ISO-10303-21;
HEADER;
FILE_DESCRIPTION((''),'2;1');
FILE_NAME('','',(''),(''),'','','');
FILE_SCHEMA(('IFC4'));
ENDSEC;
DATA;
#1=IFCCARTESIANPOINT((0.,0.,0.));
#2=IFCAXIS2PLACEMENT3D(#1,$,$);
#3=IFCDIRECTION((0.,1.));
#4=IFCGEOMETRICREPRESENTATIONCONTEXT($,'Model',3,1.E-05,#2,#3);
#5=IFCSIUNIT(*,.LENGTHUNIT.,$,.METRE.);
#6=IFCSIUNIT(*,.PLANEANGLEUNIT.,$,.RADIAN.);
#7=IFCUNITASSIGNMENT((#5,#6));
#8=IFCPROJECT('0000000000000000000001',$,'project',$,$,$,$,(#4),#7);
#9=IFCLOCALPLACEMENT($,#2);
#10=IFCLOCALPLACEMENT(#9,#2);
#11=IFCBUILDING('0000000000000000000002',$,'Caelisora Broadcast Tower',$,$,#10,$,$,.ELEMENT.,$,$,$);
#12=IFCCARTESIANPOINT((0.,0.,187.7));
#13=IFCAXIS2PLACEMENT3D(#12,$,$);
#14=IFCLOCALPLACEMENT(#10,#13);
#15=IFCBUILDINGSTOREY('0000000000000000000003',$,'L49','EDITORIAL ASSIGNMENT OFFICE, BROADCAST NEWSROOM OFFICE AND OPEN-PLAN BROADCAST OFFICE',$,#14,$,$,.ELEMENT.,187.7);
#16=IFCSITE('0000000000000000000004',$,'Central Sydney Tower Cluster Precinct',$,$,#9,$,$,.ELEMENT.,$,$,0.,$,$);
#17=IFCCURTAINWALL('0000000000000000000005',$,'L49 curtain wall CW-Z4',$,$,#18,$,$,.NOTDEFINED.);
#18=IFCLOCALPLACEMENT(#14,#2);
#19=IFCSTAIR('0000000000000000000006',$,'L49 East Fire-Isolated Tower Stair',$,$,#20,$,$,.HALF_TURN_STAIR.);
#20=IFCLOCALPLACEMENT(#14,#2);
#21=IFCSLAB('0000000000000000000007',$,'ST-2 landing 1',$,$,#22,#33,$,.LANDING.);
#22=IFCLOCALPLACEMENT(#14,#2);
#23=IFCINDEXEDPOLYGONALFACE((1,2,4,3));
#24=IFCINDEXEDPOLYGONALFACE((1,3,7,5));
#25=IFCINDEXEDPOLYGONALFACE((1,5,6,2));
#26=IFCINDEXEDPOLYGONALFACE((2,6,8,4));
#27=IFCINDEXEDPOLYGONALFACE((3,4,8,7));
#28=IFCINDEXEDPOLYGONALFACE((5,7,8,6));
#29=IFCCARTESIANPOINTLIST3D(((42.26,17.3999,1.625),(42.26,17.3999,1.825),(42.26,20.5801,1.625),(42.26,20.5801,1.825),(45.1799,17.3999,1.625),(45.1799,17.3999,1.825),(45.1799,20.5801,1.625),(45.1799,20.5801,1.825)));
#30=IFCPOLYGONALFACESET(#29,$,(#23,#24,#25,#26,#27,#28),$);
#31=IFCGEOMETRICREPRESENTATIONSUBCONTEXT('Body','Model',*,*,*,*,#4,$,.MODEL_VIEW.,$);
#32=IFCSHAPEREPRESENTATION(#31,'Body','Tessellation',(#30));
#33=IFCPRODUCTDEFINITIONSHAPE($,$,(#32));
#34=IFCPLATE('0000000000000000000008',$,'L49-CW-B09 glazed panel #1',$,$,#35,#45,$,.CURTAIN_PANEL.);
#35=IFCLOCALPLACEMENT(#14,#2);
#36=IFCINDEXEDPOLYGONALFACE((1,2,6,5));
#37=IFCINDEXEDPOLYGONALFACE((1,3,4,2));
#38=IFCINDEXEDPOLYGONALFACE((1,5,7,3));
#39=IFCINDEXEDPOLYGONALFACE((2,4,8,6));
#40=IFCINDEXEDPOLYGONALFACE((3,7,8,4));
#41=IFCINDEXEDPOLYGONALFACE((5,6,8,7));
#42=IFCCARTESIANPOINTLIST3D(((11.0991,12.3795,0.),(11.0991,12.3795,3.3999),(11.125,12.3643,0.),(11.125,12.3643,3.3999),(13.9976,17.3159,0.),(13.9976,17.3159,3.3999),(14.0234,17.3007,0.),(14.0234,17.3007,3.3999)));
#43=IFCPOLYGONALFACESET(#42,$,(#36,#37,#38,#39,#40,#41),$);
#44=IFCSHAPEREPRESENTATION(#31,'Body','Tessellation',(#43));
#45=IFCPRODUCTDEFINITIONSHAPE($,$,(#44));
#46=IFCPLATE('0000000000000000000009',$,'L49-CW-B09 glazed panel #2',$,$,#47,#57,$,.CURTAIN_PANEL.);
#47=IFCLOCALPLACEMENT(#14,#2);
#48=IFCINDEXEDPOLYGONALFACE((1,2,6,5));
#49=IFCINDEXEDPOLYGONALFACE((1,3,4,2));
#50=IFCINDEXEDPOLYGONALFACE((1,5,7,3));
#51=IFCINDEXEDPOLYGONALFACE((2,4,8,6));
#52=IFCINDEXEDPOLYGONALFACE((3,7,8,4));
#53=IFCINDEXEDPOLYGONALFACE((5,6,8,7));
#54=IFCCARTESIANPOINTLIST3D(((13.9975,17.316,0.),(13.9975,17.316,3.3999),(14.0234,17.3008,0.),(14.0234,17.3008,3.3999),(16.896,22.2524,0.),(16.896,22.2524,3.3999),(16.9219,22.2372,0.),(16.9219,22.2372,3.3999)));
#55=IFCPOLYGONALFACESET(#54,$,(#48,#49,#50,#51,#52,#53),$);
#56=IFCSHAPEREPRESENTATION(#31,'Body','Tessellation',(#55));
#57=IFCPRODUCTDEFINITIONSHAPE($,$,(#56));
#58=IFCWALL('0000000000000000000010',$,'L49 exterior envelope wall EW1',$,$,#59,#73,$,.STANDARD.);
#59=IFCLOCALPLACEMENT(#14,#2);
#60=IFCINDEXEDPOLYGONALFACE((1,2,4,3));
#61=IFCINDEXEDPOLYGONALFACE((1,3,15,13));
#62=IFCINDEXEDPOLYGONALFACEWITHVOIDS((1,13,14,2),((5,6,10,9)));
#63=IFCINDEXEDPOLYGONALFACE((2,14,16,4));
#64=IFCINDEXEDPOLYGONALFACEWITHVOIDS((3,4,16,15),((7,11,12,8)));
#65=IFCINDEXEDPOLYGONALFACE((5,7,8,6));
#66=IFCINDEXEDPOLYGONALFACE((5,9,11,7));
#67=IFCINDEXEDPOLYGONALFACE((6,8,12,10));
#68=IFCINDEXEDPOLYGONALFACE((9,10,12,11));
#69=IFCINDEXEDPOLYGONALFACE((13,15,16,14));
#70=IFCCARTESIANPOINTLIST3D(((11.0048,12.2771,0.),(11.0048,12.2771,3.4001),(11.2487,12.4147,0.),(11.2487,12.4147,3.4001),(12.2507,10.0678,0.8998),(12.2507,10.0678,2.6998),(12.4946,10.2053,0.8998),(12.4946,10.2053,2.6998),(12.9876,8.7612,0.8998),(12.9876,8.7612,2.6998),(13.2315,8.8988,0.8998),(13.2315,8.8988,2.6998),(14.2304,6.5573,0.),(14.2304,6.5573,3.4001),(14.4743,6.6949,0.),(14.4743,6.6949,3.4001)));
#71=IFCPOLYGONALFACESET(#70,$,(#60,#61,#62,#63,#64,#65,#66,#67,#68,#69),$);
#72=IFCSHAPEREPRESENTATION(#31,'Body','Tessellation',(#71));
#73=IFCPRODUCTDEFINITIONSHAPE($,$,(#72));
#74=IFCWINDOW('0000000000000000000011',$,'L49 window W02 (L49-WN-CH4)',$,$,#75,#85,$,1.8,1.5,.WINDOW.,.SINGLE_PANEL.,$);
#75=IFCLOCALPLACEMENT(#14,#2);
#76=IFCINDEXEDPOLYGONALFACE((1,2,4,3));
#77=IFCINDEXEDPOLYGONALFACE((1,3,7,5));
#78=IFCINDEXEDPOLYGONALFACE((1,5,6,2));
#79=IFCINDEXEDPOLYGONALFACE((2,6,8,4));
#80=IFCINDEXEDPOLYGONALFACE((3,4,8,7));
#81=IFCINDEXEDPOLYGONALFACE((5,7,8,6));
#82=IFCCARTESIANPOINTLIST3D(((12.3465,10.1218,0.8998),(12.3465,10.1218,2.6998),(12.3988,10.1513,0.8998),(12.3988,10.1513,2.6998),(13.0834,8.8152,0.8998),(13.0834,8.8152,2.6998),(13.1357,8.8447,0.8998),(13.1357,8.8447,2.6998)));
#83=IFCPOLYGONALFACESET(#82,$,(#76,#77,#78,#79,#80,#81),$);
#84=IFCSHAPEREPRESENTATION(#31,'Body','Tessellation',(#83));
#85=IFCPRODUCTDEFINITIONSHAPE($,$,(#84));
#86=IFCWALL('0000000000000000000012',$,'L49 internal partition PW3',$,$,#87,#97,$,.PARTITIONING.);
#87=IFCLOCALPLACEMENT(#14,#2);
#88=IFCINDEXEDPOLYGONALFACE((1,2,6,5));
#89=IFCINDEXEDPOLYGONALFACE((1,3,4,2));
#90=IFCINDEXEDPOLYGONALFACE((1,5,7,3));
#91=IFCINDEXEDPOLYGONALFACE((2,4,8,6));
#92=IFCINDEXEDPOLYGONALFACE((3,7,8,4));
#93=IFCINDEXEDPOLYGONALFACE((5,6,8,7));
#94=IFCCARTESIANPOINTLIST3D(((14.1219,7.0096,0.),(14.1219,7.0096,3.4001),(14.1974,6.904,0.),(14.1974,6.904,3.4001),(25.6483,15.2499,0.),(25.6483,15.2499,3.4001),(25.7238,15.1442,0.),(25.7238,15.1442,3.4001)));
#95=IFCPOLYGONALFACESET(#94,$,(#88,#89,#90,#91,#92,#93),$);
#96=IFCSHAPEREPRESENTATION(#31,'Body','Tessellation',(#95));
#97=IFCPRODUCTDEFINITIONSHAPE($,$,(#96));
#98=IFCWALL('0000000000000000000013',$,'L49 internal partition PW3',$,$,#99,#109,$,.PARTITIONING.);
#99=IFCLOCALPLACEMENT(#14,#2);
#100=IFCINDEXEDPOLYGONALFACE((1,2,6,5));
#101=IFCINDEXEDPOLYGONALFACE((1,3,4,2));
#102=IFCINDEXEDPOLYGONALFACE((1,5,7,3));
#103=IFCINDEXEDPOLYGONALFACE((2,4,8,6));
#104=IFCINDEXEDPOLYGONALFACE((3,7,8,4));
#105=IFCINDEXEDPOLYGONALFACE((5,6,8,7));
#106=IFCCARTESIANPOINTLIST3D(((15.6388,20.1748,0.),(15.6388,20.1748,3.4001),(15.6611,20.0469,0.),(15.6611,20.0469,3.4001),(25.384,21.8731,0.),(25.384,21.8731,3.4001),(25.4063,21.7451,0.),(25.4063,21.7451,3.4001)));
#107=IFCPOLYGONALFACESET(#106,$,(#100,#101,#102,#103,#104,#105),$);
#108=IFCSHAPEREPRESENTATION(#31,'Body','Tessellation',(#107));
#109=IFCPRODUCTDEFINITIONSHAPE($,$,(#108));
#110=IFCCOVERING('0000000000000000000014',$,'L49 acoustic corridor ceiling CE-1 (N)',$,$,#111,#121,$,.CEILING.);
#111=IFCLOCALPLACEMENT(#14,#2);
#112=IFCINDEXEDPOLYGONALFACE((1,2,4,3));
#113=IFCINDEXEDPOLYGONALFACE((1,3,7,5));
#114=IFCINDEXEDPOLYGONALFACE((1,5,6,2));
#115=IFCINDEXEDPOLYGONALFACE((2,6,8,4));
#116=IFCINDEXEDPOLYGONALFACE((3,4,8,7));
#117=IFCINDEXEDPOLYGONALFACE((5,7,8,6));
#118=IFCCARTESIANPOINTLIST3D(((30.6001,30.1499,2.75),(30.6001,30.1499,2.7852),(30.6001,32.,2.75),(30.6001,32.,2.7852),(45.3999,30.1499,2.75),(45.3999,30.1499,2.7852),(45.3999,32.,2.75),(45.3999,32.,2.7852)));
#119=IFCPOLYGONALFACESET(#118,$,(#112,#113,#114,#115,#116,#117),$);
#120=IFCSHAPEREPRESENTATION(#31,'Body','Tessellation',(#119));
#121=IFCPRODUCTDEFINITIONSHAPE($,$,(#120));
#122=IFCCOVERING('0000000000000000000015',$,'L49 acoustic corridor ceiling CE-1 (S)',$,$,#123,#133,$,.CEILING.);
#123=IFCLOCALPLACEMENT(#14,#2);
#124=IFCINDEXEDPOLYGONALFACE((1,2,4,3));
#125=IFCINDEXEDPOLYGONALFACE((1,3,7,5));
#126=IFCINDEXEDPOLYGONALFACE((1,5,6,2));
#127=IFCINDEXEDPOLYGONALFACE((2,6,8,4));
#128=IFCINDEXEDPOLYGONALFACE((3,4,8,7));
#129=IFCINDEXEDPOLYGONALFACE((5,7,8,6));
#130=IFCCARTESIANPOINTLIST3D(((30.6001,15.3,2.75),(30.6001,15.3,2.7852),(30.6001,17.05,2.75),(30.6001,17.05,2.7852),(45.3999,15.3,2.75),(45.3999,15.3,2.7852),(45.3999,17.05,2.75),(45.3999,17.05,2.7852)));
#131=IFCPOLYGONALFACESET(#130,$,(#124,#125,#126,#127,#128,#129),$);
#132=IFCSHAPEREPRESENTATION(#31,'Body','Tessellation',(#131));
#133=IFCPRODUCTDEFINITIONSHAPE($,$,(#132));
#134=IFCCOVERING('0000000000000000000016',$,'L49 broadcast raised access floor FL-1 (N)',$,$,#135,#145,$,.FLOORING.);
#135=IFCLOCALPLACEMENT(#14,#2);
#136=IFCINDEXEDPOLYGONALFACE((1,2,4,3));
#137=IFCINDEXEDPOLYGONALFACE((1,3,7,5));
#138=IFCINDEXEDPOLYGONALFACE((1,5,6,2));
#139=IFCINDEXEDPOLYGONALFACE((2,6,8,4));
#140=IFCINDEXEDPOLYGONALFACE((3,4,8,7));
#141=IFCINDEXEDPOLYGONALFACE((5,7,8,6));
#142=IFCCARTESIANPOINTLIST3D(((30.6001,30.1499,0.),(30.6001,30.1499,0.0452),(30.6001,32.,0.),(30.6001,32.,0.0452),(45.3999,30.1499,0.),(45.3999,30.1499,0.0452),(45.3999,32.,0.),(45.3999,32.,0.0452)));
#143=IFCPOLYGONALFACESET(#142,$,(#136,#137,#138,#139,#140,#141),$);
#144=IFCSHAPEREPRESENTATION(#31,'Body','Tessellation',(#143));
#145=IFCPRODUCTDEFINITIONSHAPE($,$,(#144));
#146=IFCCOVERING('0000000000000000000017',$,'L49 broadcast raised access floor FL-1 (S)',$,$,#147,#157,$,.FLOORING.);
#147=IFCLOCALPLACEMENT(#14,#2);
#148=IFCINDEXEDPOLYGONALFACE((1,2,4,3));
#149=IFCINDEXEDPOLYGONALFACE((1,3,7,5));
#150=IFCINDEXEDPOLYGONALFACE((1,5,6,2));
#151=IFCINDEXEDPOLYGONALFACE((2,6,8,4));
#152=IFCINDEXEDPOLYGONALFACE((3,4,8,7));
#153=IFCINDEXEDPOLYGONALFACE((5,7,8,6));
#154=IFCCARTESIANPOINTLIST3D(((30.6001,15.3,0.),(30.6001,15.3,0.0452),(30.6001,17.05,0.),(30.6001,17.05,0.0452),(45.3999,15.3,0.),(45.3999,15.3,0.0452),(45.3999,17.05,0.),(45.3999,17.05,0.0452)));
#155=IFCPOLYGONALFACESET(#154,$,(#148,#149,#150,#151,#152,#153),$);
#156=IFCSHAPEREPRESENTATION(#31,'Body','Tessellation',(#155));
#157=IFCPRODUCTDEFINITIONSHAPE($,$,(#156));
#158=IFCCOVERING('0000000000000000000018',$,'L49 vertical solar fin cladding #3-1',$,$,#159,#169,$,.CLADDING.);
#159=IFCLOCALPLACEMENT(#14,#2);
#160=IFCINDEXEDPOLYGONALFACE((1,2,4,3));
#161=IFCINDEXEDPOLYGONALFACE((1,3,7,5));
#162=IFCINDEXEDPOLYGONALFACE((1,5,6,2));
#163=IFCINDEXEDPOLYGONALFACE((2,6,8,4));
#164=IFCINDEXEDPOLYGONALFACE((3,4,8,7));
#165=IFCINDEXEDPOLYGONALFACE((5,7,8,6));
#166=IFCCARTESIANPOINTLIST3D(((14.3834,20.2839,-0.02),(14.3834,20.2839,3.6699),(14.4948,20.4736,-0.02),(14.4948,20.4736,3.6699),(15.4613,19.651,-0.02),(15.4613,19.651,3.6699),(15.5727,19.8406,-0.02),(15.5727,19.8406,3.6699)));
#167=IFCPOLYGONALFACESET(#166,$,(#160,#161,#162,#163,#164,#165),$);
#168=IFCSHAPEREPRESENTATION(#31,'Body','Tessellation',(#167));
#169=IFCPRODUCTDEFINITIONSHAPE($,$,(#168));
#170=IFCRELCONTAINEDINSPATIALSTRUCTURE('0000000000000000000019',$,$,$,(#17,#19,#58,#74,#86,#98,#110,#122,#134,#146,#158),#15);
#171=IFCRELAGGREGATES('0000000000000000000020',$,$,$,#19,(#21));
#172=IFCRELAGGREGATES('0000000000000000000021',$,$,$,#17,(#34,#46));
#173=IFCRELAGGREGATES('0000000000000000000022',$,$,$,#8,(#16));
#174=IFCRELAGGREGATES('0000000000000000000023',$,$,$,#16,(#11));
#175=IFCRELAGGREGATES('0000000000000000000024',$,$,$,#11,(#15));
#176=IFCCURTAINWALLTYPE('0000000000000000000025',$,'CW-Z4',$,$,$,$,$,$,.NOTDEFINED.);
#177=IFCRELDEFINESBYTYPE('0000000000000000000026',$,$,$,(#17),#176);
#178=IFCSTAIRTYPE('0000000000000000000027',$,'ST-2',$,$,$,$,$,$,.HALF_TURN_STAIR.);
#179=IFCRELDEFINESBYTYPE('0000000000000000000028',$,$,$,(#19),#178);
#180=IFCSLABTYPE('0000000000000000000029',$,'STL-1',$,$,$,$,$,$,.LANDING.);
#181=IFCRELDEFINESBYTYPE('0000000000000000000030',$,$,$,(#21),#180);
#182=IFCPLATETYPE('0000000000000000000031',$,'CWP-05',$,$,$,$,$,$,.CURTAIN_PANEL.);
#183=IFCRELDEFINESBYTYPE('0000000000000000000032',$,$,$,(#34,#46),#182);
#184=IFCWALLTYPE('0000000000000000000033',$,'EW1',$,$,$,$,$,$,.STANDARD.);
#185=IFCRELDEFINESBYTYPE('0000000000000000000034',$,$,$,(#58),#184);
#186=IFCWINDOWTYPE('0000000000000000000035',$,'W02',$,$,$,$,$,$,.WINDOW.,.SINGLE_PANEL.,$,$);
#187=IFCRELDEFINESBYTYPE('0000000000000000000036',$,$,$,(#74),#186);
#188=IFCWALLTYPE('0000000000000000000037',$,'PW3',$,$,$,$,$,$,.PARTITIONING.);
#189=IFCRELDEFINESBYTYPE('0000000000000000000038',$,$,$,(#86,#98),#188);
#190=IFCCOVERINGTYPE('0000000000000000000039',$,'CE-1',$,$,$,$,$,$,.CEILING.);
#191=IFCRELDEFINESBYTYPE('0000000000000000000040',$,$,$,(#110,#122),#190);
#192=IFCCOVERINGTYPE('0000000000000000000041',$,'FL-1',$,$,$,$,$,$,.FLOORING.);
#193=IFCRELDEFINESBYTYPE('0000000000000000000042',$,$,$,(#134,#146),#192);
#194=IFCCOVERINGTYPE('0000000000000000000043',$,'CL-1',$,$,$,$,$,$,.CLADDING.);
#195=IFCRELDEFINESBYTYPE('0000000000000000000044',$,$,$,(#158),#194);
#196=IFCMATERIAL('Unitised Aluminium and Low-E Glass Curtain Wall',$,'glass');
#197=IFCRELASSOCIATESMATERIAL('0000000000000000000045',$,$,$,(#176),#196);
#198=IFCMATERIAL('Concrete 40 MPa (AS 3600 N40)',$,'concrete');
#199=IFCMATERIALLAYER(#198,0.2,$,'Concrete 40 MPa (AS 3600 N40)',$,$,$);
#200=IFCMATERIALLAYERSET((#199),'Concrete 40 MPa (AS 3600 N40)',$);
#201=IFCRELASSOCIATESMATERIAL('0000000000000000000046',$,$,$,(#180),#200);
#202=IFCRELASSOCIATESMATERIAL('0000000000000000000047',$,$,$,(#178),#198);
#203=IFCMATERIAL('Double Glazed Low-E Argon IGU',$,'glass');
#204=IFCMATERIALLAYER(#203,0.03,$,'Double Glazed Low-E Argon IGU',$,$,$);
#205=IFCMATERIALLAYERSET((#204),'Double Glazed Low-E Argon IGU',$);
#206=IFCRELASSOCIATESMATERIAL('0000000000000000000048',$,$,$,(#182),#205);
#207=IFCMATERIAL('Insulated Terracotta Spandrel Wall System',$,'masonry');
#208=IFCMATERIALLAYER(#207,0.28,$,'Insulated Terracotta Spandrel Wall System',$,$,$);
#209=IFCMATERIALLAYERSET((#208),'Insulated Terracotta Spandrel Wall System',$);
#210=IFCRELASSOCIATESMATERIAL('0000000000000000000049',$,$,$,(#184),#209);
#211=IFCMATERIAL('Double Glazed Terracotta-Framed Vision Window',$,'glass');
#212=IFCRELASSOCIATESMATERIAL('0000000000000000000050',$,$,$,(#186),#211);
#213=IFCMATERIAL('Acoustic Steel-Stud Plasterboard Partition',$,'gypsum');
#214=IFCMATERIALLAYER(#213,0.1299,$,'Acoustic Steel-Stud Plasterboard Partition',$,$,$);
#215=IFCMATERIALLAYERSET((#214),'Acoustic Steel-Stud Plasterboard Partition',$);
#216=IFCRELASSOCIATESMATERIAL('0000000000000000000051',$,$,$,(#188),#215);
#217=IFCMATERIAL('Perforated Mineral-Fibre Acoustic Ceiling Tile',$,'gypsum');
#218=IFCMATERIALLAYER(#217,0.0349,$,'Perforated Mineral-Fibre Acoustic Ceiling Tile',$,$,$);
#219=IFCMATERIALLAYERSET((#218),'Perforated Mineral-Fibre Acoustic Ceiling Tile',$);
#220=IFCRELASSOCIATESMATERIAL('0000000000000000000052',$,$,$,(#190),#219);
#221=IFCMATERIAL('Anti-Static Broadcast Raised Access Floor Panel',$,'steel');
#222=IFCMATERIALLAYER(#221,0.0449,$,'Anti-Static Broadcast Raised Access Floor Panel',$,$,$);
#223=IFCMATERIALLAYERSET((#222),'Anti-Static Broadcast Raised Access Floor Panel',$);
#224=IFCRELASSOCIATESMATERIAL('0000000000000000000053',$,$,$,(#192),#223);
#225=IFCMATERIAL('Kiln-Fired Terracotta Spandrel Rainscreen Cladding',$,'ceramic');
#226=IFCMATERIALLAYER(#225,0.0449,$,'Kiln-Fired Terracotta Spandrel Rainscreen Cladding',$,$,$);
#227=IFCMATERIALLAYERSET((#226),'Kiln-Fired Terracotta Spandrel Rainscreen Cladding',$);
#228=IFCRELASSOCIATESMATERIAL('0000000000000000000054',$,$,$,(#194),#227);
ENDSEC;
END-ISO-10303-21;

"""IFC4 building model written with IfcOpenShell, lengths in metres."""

from ifc_helpers import new_model, si_unit, direction, frame, frame_2d, origin, origin_2d, place, context, subcontext, project, spatial, polyline, rectangle, outline, extrude, source, transform, mapped, material, layer, layer_set, type_object, type_shapes, element, fill, aggregate, save


model = new_model("IFC4")

# Units and contexts
model_context = context("Model", 3, precision=1e-05, world=origin(), true_north=direction((0.0, 1.0)))
body_context = subcontext(model_context, "Body", "Model", "MODEL_VIEW")
ifc_project = project(units=[si_unit("LENGTHUNIT", "METRE"), si_unit("PLANEANGLEUNIT", "RADIAN")], contexts=[model_context])

# Site, building, storey
site_placement = place(None, origin())
site = spatial("IfcSite", under=ifc_project, at=site_placement, Name="Central Sydney Tower Cluster Precinct", CompositionType="ELEMENT", RefElevation=0.0)
building_placement = place(site_placement, origin())
building = spatial("IfcBuilding", under=site, at=building_placement, Name="Caelisora Broadcast Tower", CompositionType="ELEMENT")
storey_placement = place(building_placement, frame((0.0, 0.0, 187.7)))
storey = spatial("IfcBuildingStorey", under=building, at=storey_placement, Name="L49", Description="EDITORIAL ASSIGNMENT OFFICE, BROADCAST NEWSROOM OFFICE AND OPEN-PLAN BROADCAST OFFICE", CompositionType="ELEMENT", Elevation=187.7)

# Shared definitions
ifc_material_1 = material(Name="Unitised Aluminium and Low-E Glass Curtain Wall", Category="glass")
curtain_wall_type = type_object("IfcCurtainWallType", Name="CW-Z4", PredefinedType="NOTDEFINED", material=ifc_material_1)

# Curtain wall
curtain_wall_1_placement = place(storey_placement, origin())
curtain_wall_1 = element("IfcCurtainWall", 1, at=curtain_wall_1_placement, inside=storey, type_object=curtain_wall_type, Name="L49 curtain wall CW-Z4", PredefinedType="NOTDEFINED")

# Shared definitions
ifc_material_2 = material(Name="Concrete 40 MPa (AS 3600 N40)", Category="concrete")

# Stair, slab
ifc_layer_1 = layer(ifc_material_2, 0.2, Name="Concrete 40 MPa (AS 3600 N40)")
ifc_layer_set_1 = layer_set([ifc_layer_1], Name="Concrete 40 MPa (AS 3600 N40)")
slab_type_1 = type_object("IfcSlabType", Name="STL-1", PredefinedType="LANDING", material=ifc_layer_set_1)
stair_type_1 = type_object("IfcStairType", Name="ST-2", PredefinedType="HALF_TURN_STAIR", material=ifc_material_2)
stair_1_placement = place(storey_placement, origin())
stair_1 = element("IfcStair", 2, at=stair_1_placement, inside=storey, type_object=stair_type_1, Name="L49 East Fire-Isolated Tower Stair", PredefinedType="HALF_TURN_STAIR")
slab_1_placement = place(storey_placement, frame((0.0, 0.0, 1.625)))
slab_1 = element("IfcSlab", 3, at=slab_1_placement, type_object=slab_type_1, Name="ST-2 landing 1", PredefinedType="LANDING", context=body_context, shape_type="SweptSolid", body=[
    extrude(outline(polyline([(42.26, 20.5801), (42.26, 17.3999), (45.1799, 17.3999), (45.1799, 20.5801), (42.26, 20.5801)])), origin(), (0.0, 0.0, 1.0), 0.2),
])
aggregate(stair_1, [slab_1])

# Plates
ifc_material_3 = material(Name="Double Glazed Low-E Argon IGU", Category="glass")
ifc_layer_2 = layer(ifc_material_3, 0.03, Name="Double Glazed Low-E Argon IGU")
ifc_layer_set_2 = layer_set([ifc_layer_2], Name="Double Glazed Low-E Argon IGU")
plate_type = type_object("IfcPlateType", Name="CWP-05", PredefinedType="CURTAIN_PANEL", material=ifc_layer_set_2)
shared_shape_1 = source(origin(), body_context, "Body", "SweptSolid", [
    extrude(rectangle(XDim=5.7244, YDim=0.03, at=origin_2d()), origin(), (0.0, 0.0, 1.0), 3.3999),
])
type_shapes(plate_type, [shared_shape_1])
plate_1_placement = place(storey_placement, frame((12.5613, 14.8401, 0.0), z_axis=(0.0, 0.0, 1.0), x_axis=(0.506335, 0.862337, 0.0)))
plate_1 = element("IfcPlate", 4, at=plate_1_placement, type_object=plate_type, Name="L49-CW-B09 glazed panel #1", PredefinedType="CURTAIN_PANEL", context=body_context, shape_type="MappedRepresentation", body=[
    mapped(shared_shape_1, transform((0.0, 0.0, 0.0), scale=1.0)),
])
plate_2_placement = place(storey_placement, frame((15.4597, 19.7766, 0.0), z_axis=(0.0, 0.0, 1.0), x_axis=(0.506335, 0.862337, 0.0)))
plate_2 = element("IfcPlate", 5, at=plate_2_placement, type_object=plate_type, Name="L49-CW-B09 glazed panel #2", PredefinedType="CURTAIN_PANEL", context=body_context, shape_type="MappedRepresentation", body=[
    mapped(shared_shape_1, transform((0.0, 0.0, 0.0), scale=1.0)),
])
aggregate(curtain_wall_1, [plate_1, plate_2])

# Wall, opening, window
ifc_material_4 = material(Name="Insulated Terracotta Spandrel Wall System", Category="masonry")
ifc_layer_3 = layer(ifc_material_4, 0.28, Name="Insulated Terracotta Spandrel Wall System")
ifc_layer_set_3 = layer_set([ifc_layer_3], Name="Insulated Terracotta Spandrel Wall System")
wall_type_1 = type_object("IfcWallType", Name="EW1", PredefinedType="STANDARD", material=ifc_layer_set_3)
wall_1_placement = place(storey_placement, frame((14.3523, 6.6262, 0.0), z_axis=(0.0, 0.0, 1.0), x_axis=(-0.491214, 0.871039, 0.0)))
wall_1 = element("IfcWall", 6, at=wall_1_placement, inside=storey, type_object=wall_type_1, Name="L49 exterior envelope wall EW1", PredefinedType="STANDARD", context=body_context, shape_type="SweptSolid", body=[
    extrude(rectangle(XDim=6.5667, YDim=0.28, at=frame_2d((3.2832, 0.0))), origin(), (0.0, 0.0, 1.0), 3.4001),
])
opening_placement = place(wall_1_placement, frame((2.53, 0.0, 0.8999)))
opening = element("IfcOpeningElement", 7, at=opening_placement, cuts=wall_1, PredefinedType="OPENING", context=body_context, shape_type="SweptSolid", body=[
    extrude(rectangle(XDim=1.5, YDim=1.8, at=frame_2d((0.75, 0.8999))), frame((0.0, 0.1521, 0.0), z_axis=(0.0, -1.0, 0.0), x_axis=(1.0, 0.0, 0.0)), (0.0, 0.0, 1.0), 0.304),
])
ifc_material_5 = material(Name="Double Glazed Terracotta-Framed Vision Window", Category="glass")
window_type = type_object("IfcWindowType", Name="W02", PartitioningType="SINGLE_PANEL", PredefinedType="WINDOW", material=ifc_material_5)
window_placement = place(opening_placement, origin())
window = element("IfcWindow", 8, at=window_placement, inside=storey, type_object=window_type, Name="L49 window W02 (L49-WN-CH4)", OverallHeight=1.8, OverallWidth=1.5, PartitioningType="SINGLE_PANEL", PredefinedType="WINDOW", context=body_context, shape_type="SweptSolid", body=[
    extrude(rectangle(XDim=1.5, YDim=1.8, at=frame_2d((0.75, 0.8999))), frame((0.0, 0.03, 0.0), z_axis=(0.0, -1.0, 0.0), x_axis=(1.0, 0.0, 0.0)), (0.0, 0.0, 1.0), 0.0601),
])
fill(opening, window)

# Walls
ifc_material_6 = material(Name="Acoustic Steel-Stud Plasterboard Partition", Category="gypsum")
ifc_layer_4 = layer(ifc_material_6, 0.1299, Name="Acoustic Steel-Stud Plasterboard Partition")
ifc_layer_set_4 = layer_set([ifc_layer_4], Name="Acoustic Steel-Stud Plasterboard Partition")
wall_type_2 = type_object("IfcWallType", Name="PW3", PredefinedType="PARTITIONING", material=ifc_layer_set_4)
wall_2_placement = place(storey_placement, frame((14.1597, 6.9568, 0.0), z_axis=(0.0, 0.0, 1.0), x_axis=(0.813496, 0.581571, 0.0)))
element("IfcWall", 9, at=wall_2_placement, inside=storey, type_object=wall_type_2, Name="L49 internal partition PW3", PredefinedType="PARTITIONING", context=body_context, shape_type="SweptSolid", body=[
    extrude(rectangle(XDim=14.1689, YDim=0.1299, at=frame_2d((7.0845, 0.0))), origin(), (0.0, 0.0, 1.0), 3.4001),
])
wall_3_placement = place(storey_placement, frame((15.6499, 20.1108, 0.0), z_axis=(0.0, 0.0, 1.0), x_axis=(0.985153, 0.171679, 0.0)))
element("IfcWall", 10, at=wall_3_placement, inside=storey, type_object=wall_type_2, Name="L49 internal partition PW3", PredefinedType="PARTITIONING", context=body_context, shape_type="SweptSolid", body=[
    extrude(rectangle(XDim=9.8921, YDim=0.1299, at=frame_2d((4.946, 0.0))), origin(), (0.0, 0.0, 1.0), 3.4001),
])

# Coverings
ifc_material_7 = material(Name="Perforated Mineral-Fibre Acoustic Ceiling Tile", Category="gypsum")
ifc_layer_5 = layer(ifc_material_7, 0.0349, Name="Perforated Mineral-Fibre Acoustic Ceiling Tile")
ifc_layer_set_5 = layer_set([ifc_layer_5], Name="Perforated Mineral-Fibre Acoustic Ceiling Tile")
covering_type_1 = type_object("IfcCoveringType", Name="CE-1", PredefinedType="CEILING", material=ifc_layer_set_5)
covering_1_placement = place(storey_placement, frame((0.0, 0.0, 2.75)))
element("IfcCovering", 11, at=covering_1_placement, inside=storey, type_object=covering_type_1, Name="L49 acoustic corridor ceiling CE-1 (N)", PredefinedType="CEILING", context=body_context, shape_type="SweptSolid", body=[
    extrude(outline(polyline([(30.6001, 30.1499), (45.3999, 30.1499), (45.3999, 32.0), (30.6001, 32.0), (30.6001, 30.1499)])), origin(), (0.0, 0.0, 1.0), 0.0352),
])
covering_2_placement = place(storey_placement, frame((0.0, 0.0, 2.75)))
element("IfcCovering", 12, at=covering_2_placement, inside=storey, type_object=covering_type_1, Name="L49 acoustic corridor ceiling CE-1 (S)", PredefinedType="CEILING", context=body_context, shape_type="SweptSolid", body=[
    extrude(outline(polyline([(30.6001, 15.3), (45.3999, 15.3), (45.3999, 17.05), (30.6001, 17.05), (30.6001, 15.3)])), origin(), (0.0, 0.0, 1.0), 0.0352),
])
ifc_material_8 = material(Name="Anti-Static Broadcast Raised Access Floor Panel", Category="steel")
ifc_layer_6 = layer(ifc_material_8, 0.0449, Name="Anti-Static Broadcast Raised Access Floor Panel")
ifc_layer_set_6 = layer_set([ifc_layer_6], Name="Anti-Static Broadcast Raised Access Floor Panel")
covering_type_2 = type_object("IfcCoveringType", Name="FL-1", PredefinedType="FLOORING", material=ifc_layer_set_6)
covering_3_placement = place(storey_placement, origin())
element("IfcCovering", 13, at=covering_3_placement, inside=storey, type_object=covering_type_2, Name="L49 broadcast raised access floor FL-1 (N)", PredefinedType="FLOORING", context=body_context, shape_type="SweptSolid", body=[
    extrude(outline(polyline([(30.6001, 30.1499), (45.3999, 30.1499), (45.3999, 32.0), (30.6001, 32.0), (30.6001, 30.1499)])), origin(), (0.0, 0.0, 1.0), 0.0452),
])
covering_4_placement = place(storey_placement, origin())
element("IfcCovering", 14, at=covering_4_placement, inside=storey, type_object=covering_type_2, Name="L49 broadcast raised access floor FL-1 (S)", PredefinedType="FLOORING", context=body_context, shape_type="SweptSolid", body=[
    extrude(outline(polyline([(30.6001, 15.3), (45.3999, 15.3), (45.3999, 17.05), (30.6001, 17.05), (30.6001, 15.3)])), origin(), (0.0, 0.0, 1.0), 0.0452),
])
ifc_material_9 = material(Name="Kiln-Fired Terracotta Spandrel Rainscreen Cladding", Category="ceramic")
ifc_layer_7 = layer(ifc_material_9, 0.0449, Name="Kiln-Fired Terracotta Spandrel Rainscreen Cladding")
ifc_layer_set_7 = layer_set([ifc_layer_7], Name="Kiln-Fired Terracotta Spandrel Rainscreen Cladding")
covering_type_3 = type_object("IfcCoveringType", Name="CL-1", PredefinedType="CLADDING", material=ifc_layer_set_7)
shared_shape_2 = source(origin(), body_context, "Body", "SweptSolid", [
    extrude(rectangle(XDim=0.22, YDim=1.25, at=origin_2d()), origin(), (0.0, 0.0, 1.0), 3.6899),
])
type_shapes(covering_type_3, [shared_shape_2])
covering_5_placement = place(storey_placement, frame((14.978, 20.0623, -0.02), z_axis=(0.0, 0.0, 1.0), x_axis=(0.506335, 0.862337, 0.0)))
element("IfcCovering", 15, at=covering_5_placement, inside=storey, type_object=covering_type_3, Name="L49 vertical solar fin cladding #3-1", PredefinedType="CLADDING", context=body_context, shape_type="MappedRepresentation", body=[
    mapped(shared_shape_2, transform((0.0, 0.0, 0.0), scale=1.0)),
])

save(model, "model.ifc")
